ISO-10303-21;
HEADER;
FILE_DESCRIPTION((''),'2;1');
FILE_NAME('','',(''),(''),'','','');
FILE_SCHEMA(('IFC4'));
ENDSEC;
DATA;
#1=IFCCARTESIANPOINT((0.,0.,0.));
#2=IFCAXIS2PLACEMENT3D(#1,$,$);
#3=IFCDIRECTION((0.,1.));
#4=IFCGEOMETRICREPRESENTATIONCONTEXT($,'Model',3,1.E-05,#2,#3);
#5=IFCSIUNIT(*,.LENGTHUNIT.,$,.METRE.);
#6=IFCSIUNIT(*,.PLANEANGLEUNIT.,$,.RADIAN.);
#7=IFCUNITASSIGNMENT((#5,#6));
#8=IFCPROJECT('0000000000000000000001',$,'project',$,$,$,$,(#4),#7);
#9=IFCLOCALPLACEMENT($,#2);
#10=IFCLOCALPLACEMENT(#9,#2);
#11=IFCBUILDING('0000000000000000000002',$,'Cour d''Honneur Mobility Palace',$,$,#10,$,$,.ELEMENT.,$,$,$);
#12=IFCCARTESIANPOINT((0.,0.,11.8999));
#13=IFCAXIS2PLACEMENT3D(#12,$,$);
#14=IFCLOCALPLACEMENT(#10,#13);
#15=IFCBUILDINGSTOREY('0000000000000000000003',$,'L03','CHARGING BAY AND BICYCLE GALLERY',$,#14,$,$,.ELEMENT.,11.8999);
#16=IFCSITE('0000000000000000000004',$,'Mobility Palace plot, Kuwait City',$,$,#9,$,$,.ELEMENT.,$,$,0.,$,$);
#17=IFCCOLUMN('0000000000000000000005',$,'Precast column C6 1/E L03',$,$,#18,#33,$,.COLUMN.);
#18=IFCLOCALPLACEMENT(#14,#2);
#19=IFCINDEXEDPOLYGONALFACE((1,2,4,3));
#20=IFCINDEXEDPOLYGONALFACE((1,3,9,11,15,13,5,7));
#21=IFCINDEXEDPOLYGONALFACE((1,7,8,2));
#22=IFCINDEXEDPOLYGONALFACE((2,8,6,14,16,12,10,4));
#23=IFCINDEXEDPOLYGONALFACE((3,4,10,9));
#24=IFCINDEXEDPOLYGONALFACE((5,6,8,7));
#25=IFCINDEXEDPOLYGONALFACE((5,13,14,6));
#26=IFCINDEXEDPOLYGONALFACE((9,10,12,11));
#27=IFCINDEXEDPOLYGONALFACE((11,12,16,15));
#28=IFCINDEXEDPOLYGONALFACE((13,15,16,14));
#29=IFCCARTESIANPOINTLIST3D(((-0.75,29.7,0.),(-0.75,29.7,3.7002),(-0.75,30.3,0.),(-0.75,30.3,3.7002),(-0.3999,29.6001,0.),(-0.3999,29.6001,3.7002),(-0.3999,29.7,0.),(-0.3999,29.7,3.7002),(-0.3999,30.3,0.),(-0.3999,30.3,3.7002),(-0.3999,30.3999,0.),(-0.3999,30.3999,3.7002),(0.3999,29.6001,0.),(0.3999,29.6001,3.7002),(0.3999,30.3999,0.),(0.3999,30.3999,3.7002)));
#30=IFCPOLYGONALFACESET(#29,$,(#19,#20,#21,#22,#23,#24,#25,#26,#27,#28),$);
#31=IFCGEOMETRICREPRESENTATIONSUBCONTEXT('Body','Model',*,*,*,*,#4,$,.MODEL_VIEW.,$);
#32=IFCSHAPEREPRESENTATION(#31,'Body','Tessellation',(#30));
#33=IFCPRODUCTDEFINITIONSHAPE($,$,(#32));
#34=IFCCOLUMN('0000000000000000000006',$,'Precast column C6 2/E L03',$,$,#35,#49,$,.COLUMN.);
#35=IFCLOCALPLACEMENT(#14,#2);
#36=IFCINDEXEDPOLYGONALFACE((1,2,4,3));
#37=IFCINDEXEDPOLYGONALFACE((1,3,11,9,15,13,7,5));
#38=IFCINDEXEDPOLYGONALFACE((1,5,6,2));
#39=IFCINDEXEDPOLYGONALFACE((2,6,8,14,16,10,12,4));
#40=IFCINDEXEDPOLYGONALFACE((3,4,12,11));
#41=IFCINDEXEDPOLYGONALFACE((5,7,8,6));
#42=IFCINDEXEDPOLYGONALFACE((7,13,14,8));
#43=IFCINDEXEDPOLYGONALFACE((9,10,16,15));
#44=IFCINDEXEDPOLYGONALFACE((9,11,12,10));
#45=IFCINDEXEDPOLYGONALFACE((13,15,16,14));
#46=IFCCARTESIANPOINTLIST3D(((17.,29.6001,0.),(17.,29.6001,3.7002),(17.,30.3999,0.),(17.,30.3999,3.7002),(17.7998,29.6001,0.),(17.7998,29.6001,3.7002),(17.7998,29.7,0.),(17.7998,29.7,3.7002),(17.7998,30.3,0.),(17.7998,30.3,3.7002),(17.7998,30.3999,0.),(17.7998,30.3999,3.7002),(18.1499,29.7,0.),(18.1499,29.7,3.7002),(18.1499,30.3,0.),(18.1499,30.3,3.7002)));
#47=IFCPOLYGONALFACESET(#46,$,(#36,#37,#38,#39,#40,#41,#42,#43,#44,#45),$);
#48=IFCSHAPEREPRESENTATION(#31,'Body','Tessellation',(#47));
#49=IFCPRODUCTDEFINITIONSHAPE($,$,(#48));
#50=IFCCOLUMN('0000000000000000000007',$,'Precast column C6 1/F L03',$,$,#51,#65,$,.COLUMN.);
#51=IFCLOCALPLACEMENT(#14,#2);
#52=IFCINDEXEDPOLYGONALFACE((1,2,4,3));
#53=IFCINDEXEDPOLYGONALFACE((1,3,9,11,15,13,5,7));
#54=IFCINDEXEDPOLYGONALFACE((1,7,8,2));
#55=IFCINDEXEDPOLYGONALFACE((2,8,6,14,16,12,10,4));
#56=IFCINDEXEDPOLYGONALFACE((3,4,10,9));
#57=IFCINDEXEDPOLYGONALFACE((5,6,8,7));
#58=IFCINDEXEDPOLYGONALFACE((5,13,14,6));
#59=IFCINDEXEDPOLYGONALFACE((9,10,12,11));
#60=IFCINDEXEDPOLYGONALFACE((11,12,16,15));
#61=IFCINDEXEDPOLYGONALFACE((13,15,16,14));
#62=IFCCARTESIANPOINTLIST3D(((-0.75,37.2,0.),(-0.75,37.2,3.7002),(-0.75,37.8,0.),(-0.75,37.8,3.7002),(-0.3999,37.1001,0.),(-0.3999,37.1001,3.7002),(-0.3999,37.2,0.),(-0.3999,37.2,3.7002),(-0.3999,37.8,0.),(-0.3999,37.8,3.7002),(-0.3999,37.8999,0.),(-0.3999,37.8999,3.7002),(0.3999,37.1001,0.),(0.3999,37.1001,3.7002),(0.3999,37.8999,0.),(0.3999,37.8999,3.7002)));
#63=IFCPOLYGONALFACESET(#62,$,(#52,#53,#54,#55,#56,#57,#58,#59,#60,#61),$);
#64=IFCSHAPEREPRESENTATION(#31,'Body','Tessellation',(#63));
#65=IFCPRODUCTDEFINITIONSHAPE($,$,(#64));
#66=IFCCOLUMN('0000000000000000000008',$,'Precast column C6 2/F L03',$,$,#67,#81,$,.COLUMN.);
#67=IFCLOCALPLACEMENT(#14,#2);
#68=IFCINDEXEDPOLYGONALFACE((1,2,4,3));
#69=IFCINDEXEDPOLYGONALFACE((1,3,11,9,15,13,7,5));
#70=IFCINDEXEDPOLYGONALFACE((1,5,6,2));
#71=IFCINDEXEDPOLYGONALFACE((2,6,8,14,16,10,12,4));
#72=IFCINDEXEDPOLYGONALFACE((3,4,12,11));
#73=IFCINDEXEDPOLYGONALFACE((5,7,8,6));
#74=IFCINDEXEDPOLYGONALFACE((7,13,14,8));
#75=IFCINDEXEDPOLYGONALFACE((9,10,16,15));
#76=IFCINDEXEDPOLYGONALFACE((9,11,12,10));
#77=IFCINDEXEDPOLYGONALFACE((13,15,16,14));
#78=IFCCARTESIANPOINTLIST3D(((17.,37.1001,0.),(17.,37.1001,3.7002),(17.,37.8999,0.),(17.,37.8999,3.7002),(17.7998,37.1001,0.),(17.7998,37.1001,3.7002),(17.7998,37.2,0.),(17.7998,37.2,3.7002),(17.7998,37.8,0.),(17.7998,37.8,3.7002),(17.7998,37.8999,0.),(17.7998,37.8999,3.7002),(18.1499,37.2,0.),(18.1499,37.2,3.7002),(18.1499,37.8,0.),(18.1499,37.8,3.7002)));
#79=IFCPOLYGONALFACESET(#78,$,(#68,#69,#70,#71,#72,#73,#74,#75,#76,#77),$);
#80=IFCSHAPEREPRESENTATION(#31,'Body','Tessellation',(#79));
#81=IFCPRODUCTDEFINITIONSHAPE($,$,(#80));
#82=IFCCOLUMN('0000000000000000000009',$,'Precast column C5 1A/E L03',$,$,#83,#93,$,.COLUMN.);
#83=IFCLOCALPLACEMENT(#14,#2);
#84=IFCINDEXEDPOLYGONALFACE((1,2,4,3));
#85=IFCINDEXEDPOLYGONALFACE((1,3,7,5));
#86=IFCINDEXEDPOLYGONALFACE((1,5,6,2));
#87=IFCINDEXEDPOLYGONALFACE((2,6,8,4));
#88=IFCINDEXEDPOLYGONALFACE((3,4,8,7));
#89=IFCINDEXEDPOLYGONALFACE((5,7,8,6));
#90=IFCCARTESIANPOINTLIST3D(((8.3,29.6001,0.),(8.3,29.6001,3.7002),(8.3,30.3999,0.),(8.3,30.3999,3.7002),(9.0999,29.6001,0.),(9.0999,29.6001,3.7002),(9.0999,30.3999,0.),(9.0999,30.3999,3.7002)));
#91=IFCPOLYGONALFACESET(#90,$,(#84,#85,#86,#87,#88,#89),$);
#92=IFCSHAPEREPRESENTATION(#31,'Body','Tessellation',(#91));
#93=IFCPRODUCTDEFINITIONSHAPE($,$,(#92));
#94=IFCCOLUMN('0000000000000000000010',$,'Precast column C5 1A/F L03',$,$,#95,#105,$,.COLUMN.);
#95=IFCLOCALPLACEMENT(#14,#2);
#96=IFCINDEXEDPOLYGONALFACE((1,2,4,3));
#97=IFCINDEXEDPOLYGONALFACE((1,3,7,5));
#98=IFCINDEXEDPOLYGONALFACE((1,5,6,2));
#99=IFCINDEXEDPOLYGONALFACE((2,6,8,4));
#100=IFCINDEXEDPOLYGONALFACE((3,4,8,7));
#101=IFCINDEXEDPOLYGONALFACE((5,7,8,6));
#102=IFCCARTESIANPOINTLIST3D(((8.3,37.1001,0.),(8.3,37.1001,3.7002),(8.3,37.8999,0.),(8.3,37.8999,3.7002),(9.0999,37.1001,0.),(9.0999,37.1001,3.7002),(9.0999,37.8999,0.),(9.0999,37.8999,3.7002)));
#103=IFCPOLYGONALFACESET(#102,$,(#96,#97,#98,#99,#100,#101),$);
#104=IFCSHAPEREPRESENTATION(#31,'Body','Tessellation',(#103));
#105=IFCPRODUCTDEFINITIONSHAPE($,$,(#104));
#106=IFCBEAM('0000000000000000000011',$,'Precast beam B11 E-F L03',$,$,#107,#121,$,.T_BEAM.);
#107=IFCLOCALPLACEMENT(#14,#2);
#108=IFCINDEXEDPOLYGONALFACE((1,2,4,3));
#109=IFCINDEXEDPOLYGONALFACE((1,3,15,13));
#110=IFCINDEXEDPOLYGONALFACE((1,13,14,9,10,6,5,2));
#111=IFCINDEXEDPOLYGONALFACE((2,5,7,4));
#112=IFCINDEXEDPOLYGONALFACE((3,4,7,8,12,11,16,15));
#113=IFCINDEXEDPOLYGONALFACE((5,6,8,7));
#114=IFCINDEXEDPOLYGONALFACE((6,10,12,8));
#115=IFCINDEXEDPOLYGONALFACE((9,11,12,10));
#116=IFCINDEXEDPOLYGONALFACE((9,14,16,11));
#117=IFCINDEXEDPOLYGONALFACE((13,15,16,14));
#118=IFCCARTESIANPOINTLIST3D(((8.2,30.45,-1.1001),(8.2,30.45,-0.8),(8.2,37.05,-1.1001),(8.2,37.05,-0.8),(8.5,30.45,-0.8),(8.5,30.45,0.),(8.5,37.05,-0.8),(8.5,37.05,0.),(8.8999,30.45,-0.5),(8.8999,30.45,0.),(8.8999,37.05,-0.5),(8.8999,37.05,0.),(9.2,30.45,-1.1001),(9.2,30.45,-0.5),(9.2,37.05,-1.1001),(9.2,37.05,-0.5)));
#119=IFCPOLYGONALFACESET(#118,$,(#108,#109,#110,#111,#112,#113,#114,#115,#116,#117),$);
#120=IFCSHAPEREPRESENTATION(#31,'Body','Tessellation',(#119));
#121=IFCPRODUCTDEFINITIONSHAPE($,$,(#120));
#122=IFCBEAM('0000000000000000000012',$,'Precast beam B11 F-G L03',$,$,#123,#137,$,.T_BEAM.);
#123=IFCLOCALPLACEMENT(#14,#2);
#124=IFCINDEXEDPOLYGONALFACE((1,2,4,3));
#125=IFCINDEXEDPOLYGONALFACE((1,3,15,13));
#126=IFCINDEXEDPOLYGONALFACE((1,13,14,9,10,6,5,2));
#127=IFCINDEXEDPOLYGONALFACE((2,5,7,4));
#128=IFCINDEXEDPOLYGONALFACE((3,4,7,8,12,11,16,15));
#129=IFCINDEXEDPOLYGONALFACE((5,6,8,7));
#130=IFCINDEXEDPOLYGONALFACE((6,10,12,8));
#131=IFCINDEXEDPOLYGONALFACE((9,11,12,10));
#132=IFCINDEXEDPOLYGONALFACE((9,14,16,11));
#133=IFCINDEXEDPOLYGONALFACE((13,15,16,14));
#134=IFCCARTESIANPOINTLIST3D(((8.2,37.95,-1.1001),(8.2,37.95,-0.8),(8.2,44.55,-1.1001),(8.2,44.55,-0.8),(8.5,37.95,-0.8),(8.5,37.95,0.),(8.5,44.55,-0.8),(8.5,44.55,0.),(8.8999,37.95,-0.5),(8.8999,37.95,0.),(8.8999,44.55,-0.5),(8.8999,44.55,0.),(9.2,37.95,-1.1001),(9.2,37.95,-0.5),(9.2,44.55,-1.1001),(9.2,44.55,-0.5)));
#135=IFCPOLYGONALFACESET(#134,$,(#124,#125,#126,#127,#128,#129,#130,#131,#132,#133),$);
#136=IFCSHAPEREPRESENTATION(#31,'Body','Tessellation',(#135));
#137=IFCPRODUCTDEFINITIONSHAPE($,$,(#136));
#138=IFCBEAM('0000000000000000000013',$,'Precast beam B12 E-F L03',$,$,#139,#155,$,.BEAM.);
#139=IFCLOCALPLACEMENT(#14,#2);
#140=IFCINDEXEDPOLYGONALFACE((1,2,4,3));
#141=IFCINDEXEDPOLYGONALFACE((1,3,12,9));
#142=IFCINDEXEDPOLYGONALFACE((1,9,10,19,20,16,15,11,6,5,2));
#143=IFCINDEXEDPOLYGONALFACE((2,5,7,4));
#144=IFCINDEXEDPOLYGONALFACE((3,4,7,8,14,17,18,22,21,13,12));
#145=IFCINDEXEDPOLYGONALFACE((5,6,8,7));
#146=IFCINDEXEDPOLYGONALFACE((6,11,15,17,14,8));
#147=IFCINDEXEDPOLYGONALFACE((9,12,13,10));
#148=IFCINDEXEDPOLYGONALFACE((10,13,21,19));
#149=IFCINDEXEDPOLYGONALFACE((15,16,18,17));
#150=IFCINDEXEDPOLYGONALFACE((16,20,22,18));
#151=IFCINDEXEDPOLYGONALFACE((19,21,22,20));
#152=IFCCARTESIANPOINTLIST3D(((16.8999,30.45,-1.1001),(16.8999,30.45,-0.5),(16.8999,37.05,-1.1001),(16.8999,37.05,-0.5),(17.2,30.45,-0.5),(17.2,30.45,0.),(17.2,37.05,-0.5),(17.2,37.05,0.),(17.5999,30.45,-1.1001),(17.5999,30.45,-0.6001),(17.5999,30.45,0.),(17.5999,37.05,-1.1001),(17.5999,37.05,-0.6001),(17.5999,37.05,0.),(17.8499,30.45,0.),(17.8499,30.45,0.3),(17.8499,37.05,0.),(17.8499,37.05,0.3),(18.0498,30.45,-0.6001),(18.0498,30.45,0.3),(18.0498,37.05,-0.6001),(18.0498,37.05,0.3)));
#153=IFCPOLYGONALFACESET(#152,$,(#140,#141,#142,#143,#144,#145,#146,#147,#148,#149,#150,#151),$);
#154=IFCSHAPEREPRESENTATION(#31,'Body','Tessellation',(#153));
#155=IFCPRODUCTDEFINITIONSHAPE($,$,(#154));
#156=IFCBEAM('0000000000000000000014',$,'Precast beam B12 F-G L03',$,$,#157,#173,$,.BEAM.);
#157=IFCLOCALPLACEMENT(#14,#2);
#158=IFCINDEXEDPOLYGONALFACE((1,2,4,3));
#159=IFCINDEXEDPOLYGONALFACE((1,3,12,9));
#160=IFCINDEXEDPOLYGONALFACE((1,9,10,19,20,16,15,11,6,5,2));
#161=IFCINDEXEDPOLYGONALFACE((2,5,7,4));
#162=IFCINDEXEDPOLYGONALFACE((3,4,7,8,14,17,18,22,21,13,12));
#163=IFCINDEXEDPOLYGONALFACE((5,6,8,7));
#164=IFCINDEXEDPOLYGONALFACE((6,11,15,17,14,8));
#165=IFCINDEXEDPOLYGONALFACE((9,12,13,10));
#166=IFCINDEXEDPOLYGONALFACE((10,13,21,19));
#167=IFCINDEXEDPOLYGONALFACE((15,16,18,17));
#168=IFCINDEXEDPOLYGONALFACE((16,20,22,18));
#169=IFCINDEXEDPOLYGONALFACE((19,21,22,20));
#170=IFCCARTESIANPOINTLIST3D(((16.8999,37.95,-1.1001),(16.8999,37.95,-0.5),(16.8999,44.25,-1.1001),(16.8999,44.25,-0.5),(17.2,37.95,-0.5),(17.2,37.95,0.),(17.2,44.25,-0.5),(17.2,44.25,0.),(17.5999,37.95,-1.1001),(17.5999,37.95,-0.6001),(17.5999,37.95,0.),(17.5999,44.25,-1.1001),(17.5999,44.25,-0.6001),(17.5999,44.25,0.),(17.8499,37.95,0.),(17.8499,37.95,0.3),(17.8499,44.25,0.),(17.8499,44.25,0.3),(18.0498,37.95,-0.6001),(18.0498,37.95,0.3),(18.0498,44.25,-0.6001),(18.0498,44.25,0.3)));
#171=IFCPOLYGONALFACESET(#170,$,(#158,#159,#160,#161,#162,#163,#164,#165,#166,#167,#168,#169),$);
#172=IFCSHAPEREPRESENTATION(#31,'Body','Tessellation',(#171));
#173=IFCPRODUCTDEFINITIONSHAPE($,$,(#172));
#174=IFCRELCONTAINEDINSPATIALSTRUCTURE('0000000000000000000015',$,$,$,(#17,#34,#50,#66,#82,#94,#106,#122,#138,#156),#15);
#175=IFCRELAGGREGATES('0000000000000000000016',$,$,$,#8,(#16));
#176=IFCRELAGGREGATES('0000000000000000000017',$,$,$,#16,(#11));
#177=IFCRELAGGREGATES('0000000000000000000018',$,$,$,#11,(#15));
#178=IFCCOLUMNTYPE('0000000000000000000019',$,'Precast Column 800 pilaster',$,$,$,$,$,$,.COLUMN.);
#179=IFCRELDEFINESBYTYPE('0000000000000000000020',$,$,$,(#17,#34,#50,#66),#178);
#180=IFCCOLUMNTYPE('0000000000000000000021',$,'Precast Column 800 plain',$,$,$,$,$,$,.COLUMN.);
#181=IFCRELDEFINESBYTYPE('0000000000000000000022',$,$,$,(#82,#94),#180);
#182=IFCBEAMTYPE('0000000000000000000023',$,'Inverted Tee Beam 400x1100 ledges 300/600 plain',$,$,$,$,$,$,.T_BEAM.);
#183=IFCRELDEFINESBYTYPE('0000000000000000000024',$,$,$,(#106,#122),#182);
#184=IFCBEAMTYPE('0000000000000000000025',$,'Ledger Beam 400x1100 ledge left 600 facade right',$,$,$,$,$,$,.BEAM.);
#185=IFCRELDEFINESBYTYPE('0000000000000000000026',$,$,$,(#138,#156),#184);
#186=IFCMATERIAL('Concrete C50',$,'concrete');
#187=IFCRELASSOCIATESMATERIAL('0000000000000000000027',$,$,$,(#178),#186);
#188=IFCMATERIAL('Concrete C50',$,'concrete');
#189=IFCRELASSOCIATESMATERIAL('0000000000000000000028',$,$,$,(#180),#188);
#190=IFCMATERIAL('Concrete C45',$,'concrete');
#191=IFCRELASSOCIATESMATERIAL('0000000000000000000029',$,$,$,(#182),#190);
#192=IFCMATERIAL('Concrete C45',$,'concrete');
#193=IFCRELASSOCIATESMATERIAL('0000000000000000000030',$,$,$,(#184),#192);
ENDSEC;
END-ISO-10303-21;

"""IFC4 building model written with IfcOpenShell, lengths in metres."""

from ifc_helpers import new_model, si_unit, direction, frame, origin, place, context, subcontext, project, spatial, polyline, outline, extrude, material, material_profile, profile_set, type_object, element, save


model = new_model("IFC4")

# Units and contexts
model_context = context("Model", 3, precision=1e-05, world=origin(), true_north=direction((0.0, 1.0)))
body_context = subcontext(model_context, "Body", "Model", "MODEL_VIEW")
ifc_project = project(units=[si_unit("LENGTHUNIT", "METRE"), si_unit("PLANEANGLEUNIT", "RADIAN")], contexts=[model_context])

# Site, building, storey
site_placement = place(None, origin())
site = spatial("IfcSite", under=ifc_project, at=site_placement, Name="Mobility Palace plot, Kuwait City", CompositionType="ELEMENT", RefElevation=0.0)
building_placement = place(site_placement, origin())
building = spatial("IfcBuilding", under=site, at=building_placement, Name="Cour d'Honneur Mobility Palace", CompositionType="ELEMENT")
storey_placement = place(building_placement, frame((0.0, 0.0, 11.8999)))
storey = spatial("IfcBuildingStorey", under=building, at=storey_placement, Name="L03", Description="CHARGING BAY AND BICYCLE GALLERY", CompositionType="ELEMENT", Elevation=11.8999)

# Columns
ifc_material_1 = material(Name="Concrete C50", Category="concrete")
ifc_material_profile_1 = material_profile(ifc_material_1, outline(polyline([(-0.3999, -0.3999), (0.3999, -0.3999), (0.3999, -0.3), (0.75, -0.3), (0.75, 0.3), (0.3999, 0.3), (0.3999, 0.3999), (-0.3999, 0.3999), (-0.3999, -0.3999)])), Name="PC C800 pilaster")
ifc_profile_set_1 = profile_set([ifc_material_profile_1], Name="Concrete C50")
column_type_1 = type_object("IfcColumnType", Name="Precast Column 800 pilaster", PredefinedType="COLUMN", material=ifc_profile_set_1)
for number, where, z_axis, x_axis, name in (
    (1, (0.0, 30.0, 0.0), (0.0, 0.0, 1.0), (-1.0, 0.0, 0.0), "Precast column C6 1/E L03"),
    (2, (17.3999, 30.0, 0.0), (0.0, 0.0, 1.0), (1.0, 0.0, 0.0), "Precast column C6 2/E L03"),
    (3, (0.0, 37.5, 0.0), (0.0, 0.0, 1.0), (-1.0, 0.0, 0.0), "Precast column C6 1/F L03"),
    (4, (17.3999, 37.5, 0.0), (0.0, 0.0, 1.0), (1.0, 0.0, 0.0), "Precast column C6 2/F L03"),
):
    element("IfcColumn", number, at=place(storey_placement, frame(where, z_axis=z_axis, x_axis=x_axis)), inside=storey, type_object=column_type_1, Name=name, PredefinedType="COLUMN", context=body_context, shape_type="SweptSolid", body=[
        extrude(outline(polyline([(-0.3999, -0.3999), (0.3999, -0.3999), (0.3999, -0.3), (0.75, -0.3), (0.75, 0.3), (0.3999, 0.3), (0.3999, 0.3999), (-0.3999, 0.3999), (-0.3999, -0.3999)])), origin(), (0.0, 0.0, 1.0), 3.7002),
    ])
ifc_material_2 = material(Name="Concrete C50", Category="concrete")
ifc_material_profile_2 = material_profile(ifc_material_2, outline(polyline([(-0.3999, -0.3999), (0.3999, -0.3999), (0.3999, 0.3999), (-0.3999, 0.3999), (-0.3999, -0.3999)])), Name="PC C800 plain")
ifc_profile_set_2 = profile_set([ifc_material_profile_2], Name="Concrete C50")
column_type_2 = type_object("IfcColumnType", Name="Precast Column 800 plain", PredefinedType="COLUMN", material=ifc_profile_set_2)
for number, where, z_axis, x_axis, name in (
    (5, (8.7, 30.0, 0.0), (0.0, 0.0, 1.0), (1.0, 0.0, 0.0), "Precast column C5 1A/E L03"),
    (6, (8.7, 37.5, 0.0), (0.0, 0.0, 1.0), (1.0, 0.0, 0.0), "Precast column C5 1A/F L03"),
):
    element("IfcColumn", number, at=place(storey_placement, frame(where, z_axis=z_axis, x_axis=x_axis)), inside=storey, type_object=column_type_2, Name=name, PredefinedType="COLUMN", context=body_context, shape_type="SweptSolid", body=[
        extrude(outline(polyline([(-0.3999, -0.3999), (0.3999, -0.3999), (0.3999, 0.3999), (-0.3999, 0.3999), (-0.3999, -0.3999)])), origin(), (0.0, 0.0, 1.0), 3.7002),
    ])

# Beams
ifc_material_3 = material(Name="Concrete C45", Category="concrete")
ifc_material_profile_3 = material_profile(ifc_material_3, outline(polyline([(0.5, -1.1001), (0.5, -0.8), (0.2, -0.8), (0.2, 0.0), (-0.2, 0.0), (-0.2, -0.5), (-0.5, -0.5), (-0.5, -1.1001), (0.5, -1.1001)])), Name="Inverted Tee Beam 400x1100 ledges 300/600 plain")
ifc_profile_set_3 = profile_set([ifc_material_profile_3], Name="Concrete C45")
beam_type_1 = type_object("IfcBeamType", Name="Inverted Tee Beam 400x1100 ledges 300/600 plain", PredefinedType="T_BEAM", material=ifc_profile_set_3)
for number, where, z_axis, x_axis, name in (
    (7, (8.7, 30.45, 0.0), (0.0, 1.0, 0.0), (-1.0, 0.0, 0.0), "Precast beam B11 E-F L03"),
    (8, (8.7, 37.95, 0.0), (0.0, 1.0, 0.0), (-1.0, 0.0, 0.0), "Precast beam B11 F-G L03"),
):
    element("IfcBeam", number, at=place(storey_placement, frame(where, z_axis=z_axis, x_axis=x_axis)), inside=storey, type_object=beam_type_1, Name=name, PredefinedType="T_BEAM", context=body_context, shape_type="SweptSolid", body=[
        extrude(outline(polyline([(0.5, -1.1001), (0.5, -0.8), (0.2, -0.8), (0.2, 0.0), (-0.2, 0.0), (-0.2, -0.5), (-0.5, -0.5), (-0.5, -1.1001), (0.5, -1.1001)])), origin(), (0.0, 0.0, 1.0), 6.6001),
    ])
ifc_material_4 = material(Name="Concrete C45", Category="concrete")
ifc_material_profile_4 = material_profile(ifc_material_4, outline(polyline([(0.5, -1.1001), (0.5, -0.5), (0.2, -0.5), (0.2, 0.0), (-0.2, 0.0), (-0.45, 0.0), (-0.45, 0.3), (-0.6499, 0.3), (-0.6499, -0.6001), (-0.2, -0.6001), (-0.2, -1.1001), (0.5, -1.1001)])), Name="Ledger Beam 400x1100 ledge left 600 facade right")
ifc_profile_set_4 = profile_set([ifc_material_profile_4], Name="Concrete C45")
beam_type_2 = type_object("IfcBeamType", Name="Ledger Beam 400x1100 ledge left 600 facade right", PredefinedType="BEAM", material=ifc_profile_set_4)
beam_1_placement = place(storey_placement, frame((17.3999, 30.45, 0.0), z_axis=(0.0, 1.0, 0.0), x_axis=(-1.0, 0.0, 0.0)))
element("IfcBeam", 9, at=beam_1_placement, inside=storey, type_object=beam_type_2, Name="Precast beam B12 E-F L03", PredefinedType="BEAM", context=body_context, shape_type="SweptSolid", body=[
    extrude(outline(polyline([(0.5, -1.1001), (0.5, -0.5), (0.2, -0.5), (0.2, 0.0), (-0.2, 0.0), (-0.45, 0.0), (-0.45, 0.3), (-0.6499, 0.3), (-0.6499, -0.6001), (-0.2, -0.6001), (-0.2, -1.1001), (0.5, -1.1001)])), origin(), (0.0, 0.0, 1.0), 6.6001),
])
beam_2_placement = place(storey_placement, frame((17.3999, 37.95, 0.0), z_axis=(0.0, 1.0, 0.0), x_axis=(-1.0, 0.0, 0.0)))
element("IfcBeam", 10, at=beam_2_placement, inside=storey, type_object=beam_type_2, Name="Precast beam B12 F-G L03", PredefinedType="BEAM", context=body_context, shape_type="SweptSolid", body=[
    extrude(outline(polyline([(0.5, -1.1001), (0.5, -0.5), (0.2, -0.5), (0.2, 0.0), (-0.2, 0.0), (-0.45, 0.0), (-0.45, 0.3), (-0.6499, 0.3), (-0.6499, -0.6001), (-0.2, -0.6001), (-0.2, -1.1001), (0.5, -1.1001)])), origin(), (0.0, 0.0, 1.0), 6.3),
])

save(model, "model.ifc")
